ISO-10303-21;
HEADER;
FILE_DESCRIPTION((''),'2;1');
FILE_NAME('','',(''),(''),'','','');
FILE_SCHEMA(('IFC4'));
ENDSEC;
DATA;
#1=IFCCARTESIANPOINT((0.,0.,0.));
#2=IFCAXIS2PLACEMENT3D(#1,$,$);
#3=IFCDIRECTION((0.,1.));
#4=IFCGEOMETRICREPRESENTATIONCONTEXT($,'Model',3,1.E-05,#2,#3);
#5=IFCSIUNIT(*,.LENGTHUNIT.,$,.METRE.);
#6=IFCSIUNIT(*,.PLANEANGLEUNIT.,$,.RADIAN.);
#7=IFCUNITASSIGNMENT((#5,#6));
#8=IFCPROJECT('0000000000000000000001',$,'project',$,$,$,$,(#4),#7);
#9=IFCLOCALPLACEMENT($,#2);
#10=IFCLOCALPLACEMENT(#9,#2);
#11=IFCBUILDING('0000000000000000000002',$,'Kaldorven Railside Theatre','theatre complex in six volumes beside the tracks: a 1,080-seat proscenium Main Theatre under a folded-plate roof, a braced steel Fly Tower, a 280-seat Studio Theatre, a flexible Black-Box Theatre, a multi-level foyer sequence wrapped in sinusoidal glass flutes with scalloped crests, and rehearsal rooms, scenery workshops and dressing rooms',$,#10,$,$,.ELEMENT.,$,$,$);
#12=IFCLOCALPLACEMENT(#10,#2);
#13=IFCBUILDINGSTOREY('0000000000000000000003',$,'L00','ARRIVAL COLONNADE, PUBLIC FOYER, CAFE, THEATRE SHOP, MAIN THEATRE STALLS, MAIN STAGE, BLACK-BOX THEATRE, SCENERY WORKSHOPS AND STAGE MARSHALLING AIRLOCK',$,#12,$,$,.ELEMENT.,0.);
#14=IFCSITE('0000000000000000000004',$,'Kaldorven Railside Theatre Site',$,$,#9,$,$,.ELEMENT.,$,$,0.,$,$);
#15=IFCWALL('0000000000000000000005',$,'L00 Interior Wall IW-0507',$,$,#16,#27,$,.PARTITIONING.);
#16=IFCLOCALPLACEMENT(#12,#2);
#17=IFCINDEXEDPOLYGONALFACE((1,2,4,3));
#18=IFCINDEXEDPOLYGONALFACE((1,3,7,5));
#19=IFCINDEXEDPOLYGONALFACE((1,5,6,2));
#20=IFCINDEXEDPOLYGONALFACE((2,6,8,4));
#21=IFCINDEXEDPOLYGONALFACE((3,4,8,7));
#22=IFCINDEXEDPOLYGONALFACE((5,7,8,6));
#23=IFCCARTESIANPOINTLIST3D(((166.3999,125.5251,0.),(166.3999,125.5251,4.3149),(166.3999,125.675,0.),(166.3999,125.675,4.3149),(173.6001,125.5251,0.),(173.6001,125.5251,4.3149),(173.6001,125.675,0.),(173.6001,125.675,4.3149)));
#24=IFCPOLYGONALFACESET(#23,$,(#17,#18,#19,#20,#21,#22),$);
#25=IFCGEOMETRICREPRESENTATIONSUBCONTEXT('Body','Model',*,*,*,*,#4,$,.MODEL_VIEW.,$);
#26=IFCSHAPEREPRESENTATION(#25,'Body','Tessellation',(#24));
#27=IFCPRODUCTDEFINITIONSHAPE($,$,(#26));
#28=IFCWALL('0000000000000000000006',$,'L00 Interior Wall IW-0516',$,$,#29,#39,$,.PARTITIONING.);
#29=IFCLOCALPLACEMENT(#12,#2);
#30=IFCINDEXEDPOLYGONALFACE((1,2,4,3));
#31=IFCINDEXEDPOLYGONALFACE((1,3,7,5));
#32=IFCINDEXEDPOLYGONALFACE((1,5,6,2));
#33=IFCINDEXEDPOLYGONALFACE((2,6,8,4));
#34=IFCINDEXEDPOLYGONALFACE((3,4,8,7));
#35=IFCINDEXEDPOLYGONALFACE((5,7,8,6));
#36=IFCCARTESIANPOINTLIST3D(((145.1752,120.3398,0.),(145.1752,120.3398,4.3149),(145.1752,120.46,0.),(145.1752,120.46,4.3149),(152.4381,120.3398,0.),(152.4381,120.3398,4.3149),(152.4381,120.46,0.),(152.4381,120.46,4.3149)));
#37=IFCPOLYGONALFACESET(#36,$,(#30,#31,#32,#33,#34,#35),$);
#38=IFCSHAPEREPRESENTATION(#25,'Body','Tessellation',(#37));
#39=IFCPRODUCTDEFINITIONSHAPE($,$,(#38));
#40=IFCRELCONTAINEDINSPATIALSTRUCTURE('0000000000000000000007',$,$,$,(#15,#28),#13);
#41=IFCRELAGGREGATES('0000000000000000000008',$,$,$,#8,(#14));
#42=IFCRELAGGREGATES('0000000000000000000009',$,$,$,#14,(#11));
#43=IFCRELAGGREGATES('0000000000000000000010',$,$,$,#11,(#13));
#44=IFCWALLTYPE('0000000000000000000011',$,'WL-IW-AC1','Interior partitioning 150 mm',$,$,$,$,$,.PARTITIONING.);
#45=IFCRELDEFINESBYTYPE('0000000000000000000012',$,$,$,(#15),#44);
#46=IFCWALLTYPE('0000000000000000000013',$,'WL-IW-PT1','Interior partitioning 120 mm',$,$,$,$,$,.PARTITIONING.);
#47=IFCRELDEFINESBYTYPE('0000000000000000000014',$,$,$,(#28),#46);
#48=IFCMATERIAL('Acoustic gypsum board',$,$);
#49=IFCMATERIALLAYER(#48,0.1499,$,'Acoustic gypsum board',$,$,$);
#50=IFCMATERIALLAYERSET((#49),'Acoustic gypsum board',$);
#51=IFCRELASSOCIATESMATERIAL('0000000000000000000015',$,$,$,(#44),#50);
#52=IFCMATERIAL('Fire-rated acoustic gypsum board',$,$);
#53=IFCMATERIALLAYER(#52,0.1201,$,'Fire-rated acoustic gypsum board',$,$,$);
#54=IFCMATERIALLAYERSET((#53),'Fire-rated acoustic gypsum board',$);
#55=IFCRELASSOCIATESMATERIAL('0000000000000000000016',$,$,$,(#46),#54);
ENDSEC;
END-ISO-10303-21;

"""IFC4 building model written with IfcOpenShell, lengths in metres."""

from ifc_helpers import new_model, si_unit, direction, frame, frame_2d, origin, place, context, subcontext, project, spatial, rectangle, extrude, material, layer, layer_set, type_object, element, save


model = new_model("IFC4")

# Units and contexts
model_context = context("Model", 3, precision=1e-05, world=origin(), true_north=direction((0.0, 1.0)))
body_context = subcontext(model_context, "Body", "Model", "MODEL_VIEW")
ifc_project = project(units=[si_unit("LENGTHUNIT", "METRE"), si_unit("PLANEANGLEUNIT", "RADIAN")], contexts=[model_context])

# Site, building, storey
site_placement = place(None, origin())
site = spatial("IfcSite", under=ifc_project, at=site_placement, Name="Kaldorven Railside Theatre Site", CompositionType="ELEMENT", RefElevation=0.0)
building_placement = place(site_placement, origin())
building = spatial("IfcBuilding", under=site, at=building_placement, Name="Kaldorven Railside Theatre", Description="theatre complex in six volumes beside the tracks: a 1,080-seat proscenium Main Theatre under a folded-plate roof, a braced steel Fly Tower, a 280-seat Studio Theatre, a flexible Black-Box Theatre, a multi-level foyer sequence wrapped in sinusoidal glass flutes with scalloped crests, and rehearsal rooms, scenery workshops and dressing rooms", CompositionType="ELEMENT")
storey_placement = place(building_placement, origin())
storey = spatial("IfcBuildingStorey", under=building, at=storey_placement, Name="L00", Description="ARRIVAL COLONNADE, PUBLIC FOYER, CAFE, THEATRE SHOP, MAIN THEATRE STALLS, MAIN STAGE, BLACK-BOX THEATRE, SCENERY WORKSHOPS AND STAGE MARSHALLING AIRLOCK", CompositionType="ELEMENT", Elevation=0.0)

# Shared definitions
ifc_material_1 = material(Name="Acoustic gypsum board")
ifc_layer_1 = layer(ifc_material_1, 0.1499, Name="Acoustic gypsum board")
ifc_layer_set_1 = layer_set([ifc_layer_1], Name="Acoustic gypsum board")
wall_type_1 = type_object("IfcWallType", Name="WL-IW-AC1", Description="Interior partitioning 150 mm", PredefinedType="PARTITIONING", material=ifc_layer_set_1)

# Walls
wall_1_placement = place(storey_placement, frame((166.3999, 125.6001, 0.0), z_axis=(0.0, 0.0, 1.0), x_axis=(1.0, 0.0, 0.0)))
element("IfcWall", 1, at=wall_1_placement, inside=storey, type_object=wall_type_1, Name="L00 Interior Wall IW-0507", PredefinedType="PARTITIONING", context=body_context, shape_type="SweptSolid", body=[
    extrude(rectangle(XDim=7.2002, YDim=0.1499, at=frame_2d((3.6001, 0.0))), origin(), (0.0, 0.0, 1.0), 4.3149),
])
ifc_material_2 = material(Name="Fire-rated acoustic gypsum board")
ifc_layer_2 = layer(ifc_material_2, 0.1201, Name="Fire-rated acoustic gypsum board")
ifc_layer_set_2 = layer_set([ifc_layer_2], Name="Fire-rated acoustic gypsum board")
wall_type_2 = type_object("IfcWallType", Name="WL-IW-PT1", Description="Interior partitioning 120 mm", PredefinedType="PARTITIONING", material=ifc_layer_set_2)
wall_2_placement = place(storey_placement, frame((152.438, 120.3999, 0.0), z_axis=(0.0, 0.0, 1.0), x_axis=(-1.0, 0.0, 0.0)))
element("IfcWall", 2, at=wall_2_placement, inside=storey, type_object=wall_type_2, Name="L00 Interior Wall IW-0516", PredefinedType="PARTITIONING", context=body_context, shape_type="SweptSolid", body=[
    extrude(rectangle(XDim=7.2629, YDim=0.1201, at=frame_2d((3.6313, 0.0))), origin(), (0.0, 0.0, 1.0), 4.3149),
])

save(model, "model.ifc")
